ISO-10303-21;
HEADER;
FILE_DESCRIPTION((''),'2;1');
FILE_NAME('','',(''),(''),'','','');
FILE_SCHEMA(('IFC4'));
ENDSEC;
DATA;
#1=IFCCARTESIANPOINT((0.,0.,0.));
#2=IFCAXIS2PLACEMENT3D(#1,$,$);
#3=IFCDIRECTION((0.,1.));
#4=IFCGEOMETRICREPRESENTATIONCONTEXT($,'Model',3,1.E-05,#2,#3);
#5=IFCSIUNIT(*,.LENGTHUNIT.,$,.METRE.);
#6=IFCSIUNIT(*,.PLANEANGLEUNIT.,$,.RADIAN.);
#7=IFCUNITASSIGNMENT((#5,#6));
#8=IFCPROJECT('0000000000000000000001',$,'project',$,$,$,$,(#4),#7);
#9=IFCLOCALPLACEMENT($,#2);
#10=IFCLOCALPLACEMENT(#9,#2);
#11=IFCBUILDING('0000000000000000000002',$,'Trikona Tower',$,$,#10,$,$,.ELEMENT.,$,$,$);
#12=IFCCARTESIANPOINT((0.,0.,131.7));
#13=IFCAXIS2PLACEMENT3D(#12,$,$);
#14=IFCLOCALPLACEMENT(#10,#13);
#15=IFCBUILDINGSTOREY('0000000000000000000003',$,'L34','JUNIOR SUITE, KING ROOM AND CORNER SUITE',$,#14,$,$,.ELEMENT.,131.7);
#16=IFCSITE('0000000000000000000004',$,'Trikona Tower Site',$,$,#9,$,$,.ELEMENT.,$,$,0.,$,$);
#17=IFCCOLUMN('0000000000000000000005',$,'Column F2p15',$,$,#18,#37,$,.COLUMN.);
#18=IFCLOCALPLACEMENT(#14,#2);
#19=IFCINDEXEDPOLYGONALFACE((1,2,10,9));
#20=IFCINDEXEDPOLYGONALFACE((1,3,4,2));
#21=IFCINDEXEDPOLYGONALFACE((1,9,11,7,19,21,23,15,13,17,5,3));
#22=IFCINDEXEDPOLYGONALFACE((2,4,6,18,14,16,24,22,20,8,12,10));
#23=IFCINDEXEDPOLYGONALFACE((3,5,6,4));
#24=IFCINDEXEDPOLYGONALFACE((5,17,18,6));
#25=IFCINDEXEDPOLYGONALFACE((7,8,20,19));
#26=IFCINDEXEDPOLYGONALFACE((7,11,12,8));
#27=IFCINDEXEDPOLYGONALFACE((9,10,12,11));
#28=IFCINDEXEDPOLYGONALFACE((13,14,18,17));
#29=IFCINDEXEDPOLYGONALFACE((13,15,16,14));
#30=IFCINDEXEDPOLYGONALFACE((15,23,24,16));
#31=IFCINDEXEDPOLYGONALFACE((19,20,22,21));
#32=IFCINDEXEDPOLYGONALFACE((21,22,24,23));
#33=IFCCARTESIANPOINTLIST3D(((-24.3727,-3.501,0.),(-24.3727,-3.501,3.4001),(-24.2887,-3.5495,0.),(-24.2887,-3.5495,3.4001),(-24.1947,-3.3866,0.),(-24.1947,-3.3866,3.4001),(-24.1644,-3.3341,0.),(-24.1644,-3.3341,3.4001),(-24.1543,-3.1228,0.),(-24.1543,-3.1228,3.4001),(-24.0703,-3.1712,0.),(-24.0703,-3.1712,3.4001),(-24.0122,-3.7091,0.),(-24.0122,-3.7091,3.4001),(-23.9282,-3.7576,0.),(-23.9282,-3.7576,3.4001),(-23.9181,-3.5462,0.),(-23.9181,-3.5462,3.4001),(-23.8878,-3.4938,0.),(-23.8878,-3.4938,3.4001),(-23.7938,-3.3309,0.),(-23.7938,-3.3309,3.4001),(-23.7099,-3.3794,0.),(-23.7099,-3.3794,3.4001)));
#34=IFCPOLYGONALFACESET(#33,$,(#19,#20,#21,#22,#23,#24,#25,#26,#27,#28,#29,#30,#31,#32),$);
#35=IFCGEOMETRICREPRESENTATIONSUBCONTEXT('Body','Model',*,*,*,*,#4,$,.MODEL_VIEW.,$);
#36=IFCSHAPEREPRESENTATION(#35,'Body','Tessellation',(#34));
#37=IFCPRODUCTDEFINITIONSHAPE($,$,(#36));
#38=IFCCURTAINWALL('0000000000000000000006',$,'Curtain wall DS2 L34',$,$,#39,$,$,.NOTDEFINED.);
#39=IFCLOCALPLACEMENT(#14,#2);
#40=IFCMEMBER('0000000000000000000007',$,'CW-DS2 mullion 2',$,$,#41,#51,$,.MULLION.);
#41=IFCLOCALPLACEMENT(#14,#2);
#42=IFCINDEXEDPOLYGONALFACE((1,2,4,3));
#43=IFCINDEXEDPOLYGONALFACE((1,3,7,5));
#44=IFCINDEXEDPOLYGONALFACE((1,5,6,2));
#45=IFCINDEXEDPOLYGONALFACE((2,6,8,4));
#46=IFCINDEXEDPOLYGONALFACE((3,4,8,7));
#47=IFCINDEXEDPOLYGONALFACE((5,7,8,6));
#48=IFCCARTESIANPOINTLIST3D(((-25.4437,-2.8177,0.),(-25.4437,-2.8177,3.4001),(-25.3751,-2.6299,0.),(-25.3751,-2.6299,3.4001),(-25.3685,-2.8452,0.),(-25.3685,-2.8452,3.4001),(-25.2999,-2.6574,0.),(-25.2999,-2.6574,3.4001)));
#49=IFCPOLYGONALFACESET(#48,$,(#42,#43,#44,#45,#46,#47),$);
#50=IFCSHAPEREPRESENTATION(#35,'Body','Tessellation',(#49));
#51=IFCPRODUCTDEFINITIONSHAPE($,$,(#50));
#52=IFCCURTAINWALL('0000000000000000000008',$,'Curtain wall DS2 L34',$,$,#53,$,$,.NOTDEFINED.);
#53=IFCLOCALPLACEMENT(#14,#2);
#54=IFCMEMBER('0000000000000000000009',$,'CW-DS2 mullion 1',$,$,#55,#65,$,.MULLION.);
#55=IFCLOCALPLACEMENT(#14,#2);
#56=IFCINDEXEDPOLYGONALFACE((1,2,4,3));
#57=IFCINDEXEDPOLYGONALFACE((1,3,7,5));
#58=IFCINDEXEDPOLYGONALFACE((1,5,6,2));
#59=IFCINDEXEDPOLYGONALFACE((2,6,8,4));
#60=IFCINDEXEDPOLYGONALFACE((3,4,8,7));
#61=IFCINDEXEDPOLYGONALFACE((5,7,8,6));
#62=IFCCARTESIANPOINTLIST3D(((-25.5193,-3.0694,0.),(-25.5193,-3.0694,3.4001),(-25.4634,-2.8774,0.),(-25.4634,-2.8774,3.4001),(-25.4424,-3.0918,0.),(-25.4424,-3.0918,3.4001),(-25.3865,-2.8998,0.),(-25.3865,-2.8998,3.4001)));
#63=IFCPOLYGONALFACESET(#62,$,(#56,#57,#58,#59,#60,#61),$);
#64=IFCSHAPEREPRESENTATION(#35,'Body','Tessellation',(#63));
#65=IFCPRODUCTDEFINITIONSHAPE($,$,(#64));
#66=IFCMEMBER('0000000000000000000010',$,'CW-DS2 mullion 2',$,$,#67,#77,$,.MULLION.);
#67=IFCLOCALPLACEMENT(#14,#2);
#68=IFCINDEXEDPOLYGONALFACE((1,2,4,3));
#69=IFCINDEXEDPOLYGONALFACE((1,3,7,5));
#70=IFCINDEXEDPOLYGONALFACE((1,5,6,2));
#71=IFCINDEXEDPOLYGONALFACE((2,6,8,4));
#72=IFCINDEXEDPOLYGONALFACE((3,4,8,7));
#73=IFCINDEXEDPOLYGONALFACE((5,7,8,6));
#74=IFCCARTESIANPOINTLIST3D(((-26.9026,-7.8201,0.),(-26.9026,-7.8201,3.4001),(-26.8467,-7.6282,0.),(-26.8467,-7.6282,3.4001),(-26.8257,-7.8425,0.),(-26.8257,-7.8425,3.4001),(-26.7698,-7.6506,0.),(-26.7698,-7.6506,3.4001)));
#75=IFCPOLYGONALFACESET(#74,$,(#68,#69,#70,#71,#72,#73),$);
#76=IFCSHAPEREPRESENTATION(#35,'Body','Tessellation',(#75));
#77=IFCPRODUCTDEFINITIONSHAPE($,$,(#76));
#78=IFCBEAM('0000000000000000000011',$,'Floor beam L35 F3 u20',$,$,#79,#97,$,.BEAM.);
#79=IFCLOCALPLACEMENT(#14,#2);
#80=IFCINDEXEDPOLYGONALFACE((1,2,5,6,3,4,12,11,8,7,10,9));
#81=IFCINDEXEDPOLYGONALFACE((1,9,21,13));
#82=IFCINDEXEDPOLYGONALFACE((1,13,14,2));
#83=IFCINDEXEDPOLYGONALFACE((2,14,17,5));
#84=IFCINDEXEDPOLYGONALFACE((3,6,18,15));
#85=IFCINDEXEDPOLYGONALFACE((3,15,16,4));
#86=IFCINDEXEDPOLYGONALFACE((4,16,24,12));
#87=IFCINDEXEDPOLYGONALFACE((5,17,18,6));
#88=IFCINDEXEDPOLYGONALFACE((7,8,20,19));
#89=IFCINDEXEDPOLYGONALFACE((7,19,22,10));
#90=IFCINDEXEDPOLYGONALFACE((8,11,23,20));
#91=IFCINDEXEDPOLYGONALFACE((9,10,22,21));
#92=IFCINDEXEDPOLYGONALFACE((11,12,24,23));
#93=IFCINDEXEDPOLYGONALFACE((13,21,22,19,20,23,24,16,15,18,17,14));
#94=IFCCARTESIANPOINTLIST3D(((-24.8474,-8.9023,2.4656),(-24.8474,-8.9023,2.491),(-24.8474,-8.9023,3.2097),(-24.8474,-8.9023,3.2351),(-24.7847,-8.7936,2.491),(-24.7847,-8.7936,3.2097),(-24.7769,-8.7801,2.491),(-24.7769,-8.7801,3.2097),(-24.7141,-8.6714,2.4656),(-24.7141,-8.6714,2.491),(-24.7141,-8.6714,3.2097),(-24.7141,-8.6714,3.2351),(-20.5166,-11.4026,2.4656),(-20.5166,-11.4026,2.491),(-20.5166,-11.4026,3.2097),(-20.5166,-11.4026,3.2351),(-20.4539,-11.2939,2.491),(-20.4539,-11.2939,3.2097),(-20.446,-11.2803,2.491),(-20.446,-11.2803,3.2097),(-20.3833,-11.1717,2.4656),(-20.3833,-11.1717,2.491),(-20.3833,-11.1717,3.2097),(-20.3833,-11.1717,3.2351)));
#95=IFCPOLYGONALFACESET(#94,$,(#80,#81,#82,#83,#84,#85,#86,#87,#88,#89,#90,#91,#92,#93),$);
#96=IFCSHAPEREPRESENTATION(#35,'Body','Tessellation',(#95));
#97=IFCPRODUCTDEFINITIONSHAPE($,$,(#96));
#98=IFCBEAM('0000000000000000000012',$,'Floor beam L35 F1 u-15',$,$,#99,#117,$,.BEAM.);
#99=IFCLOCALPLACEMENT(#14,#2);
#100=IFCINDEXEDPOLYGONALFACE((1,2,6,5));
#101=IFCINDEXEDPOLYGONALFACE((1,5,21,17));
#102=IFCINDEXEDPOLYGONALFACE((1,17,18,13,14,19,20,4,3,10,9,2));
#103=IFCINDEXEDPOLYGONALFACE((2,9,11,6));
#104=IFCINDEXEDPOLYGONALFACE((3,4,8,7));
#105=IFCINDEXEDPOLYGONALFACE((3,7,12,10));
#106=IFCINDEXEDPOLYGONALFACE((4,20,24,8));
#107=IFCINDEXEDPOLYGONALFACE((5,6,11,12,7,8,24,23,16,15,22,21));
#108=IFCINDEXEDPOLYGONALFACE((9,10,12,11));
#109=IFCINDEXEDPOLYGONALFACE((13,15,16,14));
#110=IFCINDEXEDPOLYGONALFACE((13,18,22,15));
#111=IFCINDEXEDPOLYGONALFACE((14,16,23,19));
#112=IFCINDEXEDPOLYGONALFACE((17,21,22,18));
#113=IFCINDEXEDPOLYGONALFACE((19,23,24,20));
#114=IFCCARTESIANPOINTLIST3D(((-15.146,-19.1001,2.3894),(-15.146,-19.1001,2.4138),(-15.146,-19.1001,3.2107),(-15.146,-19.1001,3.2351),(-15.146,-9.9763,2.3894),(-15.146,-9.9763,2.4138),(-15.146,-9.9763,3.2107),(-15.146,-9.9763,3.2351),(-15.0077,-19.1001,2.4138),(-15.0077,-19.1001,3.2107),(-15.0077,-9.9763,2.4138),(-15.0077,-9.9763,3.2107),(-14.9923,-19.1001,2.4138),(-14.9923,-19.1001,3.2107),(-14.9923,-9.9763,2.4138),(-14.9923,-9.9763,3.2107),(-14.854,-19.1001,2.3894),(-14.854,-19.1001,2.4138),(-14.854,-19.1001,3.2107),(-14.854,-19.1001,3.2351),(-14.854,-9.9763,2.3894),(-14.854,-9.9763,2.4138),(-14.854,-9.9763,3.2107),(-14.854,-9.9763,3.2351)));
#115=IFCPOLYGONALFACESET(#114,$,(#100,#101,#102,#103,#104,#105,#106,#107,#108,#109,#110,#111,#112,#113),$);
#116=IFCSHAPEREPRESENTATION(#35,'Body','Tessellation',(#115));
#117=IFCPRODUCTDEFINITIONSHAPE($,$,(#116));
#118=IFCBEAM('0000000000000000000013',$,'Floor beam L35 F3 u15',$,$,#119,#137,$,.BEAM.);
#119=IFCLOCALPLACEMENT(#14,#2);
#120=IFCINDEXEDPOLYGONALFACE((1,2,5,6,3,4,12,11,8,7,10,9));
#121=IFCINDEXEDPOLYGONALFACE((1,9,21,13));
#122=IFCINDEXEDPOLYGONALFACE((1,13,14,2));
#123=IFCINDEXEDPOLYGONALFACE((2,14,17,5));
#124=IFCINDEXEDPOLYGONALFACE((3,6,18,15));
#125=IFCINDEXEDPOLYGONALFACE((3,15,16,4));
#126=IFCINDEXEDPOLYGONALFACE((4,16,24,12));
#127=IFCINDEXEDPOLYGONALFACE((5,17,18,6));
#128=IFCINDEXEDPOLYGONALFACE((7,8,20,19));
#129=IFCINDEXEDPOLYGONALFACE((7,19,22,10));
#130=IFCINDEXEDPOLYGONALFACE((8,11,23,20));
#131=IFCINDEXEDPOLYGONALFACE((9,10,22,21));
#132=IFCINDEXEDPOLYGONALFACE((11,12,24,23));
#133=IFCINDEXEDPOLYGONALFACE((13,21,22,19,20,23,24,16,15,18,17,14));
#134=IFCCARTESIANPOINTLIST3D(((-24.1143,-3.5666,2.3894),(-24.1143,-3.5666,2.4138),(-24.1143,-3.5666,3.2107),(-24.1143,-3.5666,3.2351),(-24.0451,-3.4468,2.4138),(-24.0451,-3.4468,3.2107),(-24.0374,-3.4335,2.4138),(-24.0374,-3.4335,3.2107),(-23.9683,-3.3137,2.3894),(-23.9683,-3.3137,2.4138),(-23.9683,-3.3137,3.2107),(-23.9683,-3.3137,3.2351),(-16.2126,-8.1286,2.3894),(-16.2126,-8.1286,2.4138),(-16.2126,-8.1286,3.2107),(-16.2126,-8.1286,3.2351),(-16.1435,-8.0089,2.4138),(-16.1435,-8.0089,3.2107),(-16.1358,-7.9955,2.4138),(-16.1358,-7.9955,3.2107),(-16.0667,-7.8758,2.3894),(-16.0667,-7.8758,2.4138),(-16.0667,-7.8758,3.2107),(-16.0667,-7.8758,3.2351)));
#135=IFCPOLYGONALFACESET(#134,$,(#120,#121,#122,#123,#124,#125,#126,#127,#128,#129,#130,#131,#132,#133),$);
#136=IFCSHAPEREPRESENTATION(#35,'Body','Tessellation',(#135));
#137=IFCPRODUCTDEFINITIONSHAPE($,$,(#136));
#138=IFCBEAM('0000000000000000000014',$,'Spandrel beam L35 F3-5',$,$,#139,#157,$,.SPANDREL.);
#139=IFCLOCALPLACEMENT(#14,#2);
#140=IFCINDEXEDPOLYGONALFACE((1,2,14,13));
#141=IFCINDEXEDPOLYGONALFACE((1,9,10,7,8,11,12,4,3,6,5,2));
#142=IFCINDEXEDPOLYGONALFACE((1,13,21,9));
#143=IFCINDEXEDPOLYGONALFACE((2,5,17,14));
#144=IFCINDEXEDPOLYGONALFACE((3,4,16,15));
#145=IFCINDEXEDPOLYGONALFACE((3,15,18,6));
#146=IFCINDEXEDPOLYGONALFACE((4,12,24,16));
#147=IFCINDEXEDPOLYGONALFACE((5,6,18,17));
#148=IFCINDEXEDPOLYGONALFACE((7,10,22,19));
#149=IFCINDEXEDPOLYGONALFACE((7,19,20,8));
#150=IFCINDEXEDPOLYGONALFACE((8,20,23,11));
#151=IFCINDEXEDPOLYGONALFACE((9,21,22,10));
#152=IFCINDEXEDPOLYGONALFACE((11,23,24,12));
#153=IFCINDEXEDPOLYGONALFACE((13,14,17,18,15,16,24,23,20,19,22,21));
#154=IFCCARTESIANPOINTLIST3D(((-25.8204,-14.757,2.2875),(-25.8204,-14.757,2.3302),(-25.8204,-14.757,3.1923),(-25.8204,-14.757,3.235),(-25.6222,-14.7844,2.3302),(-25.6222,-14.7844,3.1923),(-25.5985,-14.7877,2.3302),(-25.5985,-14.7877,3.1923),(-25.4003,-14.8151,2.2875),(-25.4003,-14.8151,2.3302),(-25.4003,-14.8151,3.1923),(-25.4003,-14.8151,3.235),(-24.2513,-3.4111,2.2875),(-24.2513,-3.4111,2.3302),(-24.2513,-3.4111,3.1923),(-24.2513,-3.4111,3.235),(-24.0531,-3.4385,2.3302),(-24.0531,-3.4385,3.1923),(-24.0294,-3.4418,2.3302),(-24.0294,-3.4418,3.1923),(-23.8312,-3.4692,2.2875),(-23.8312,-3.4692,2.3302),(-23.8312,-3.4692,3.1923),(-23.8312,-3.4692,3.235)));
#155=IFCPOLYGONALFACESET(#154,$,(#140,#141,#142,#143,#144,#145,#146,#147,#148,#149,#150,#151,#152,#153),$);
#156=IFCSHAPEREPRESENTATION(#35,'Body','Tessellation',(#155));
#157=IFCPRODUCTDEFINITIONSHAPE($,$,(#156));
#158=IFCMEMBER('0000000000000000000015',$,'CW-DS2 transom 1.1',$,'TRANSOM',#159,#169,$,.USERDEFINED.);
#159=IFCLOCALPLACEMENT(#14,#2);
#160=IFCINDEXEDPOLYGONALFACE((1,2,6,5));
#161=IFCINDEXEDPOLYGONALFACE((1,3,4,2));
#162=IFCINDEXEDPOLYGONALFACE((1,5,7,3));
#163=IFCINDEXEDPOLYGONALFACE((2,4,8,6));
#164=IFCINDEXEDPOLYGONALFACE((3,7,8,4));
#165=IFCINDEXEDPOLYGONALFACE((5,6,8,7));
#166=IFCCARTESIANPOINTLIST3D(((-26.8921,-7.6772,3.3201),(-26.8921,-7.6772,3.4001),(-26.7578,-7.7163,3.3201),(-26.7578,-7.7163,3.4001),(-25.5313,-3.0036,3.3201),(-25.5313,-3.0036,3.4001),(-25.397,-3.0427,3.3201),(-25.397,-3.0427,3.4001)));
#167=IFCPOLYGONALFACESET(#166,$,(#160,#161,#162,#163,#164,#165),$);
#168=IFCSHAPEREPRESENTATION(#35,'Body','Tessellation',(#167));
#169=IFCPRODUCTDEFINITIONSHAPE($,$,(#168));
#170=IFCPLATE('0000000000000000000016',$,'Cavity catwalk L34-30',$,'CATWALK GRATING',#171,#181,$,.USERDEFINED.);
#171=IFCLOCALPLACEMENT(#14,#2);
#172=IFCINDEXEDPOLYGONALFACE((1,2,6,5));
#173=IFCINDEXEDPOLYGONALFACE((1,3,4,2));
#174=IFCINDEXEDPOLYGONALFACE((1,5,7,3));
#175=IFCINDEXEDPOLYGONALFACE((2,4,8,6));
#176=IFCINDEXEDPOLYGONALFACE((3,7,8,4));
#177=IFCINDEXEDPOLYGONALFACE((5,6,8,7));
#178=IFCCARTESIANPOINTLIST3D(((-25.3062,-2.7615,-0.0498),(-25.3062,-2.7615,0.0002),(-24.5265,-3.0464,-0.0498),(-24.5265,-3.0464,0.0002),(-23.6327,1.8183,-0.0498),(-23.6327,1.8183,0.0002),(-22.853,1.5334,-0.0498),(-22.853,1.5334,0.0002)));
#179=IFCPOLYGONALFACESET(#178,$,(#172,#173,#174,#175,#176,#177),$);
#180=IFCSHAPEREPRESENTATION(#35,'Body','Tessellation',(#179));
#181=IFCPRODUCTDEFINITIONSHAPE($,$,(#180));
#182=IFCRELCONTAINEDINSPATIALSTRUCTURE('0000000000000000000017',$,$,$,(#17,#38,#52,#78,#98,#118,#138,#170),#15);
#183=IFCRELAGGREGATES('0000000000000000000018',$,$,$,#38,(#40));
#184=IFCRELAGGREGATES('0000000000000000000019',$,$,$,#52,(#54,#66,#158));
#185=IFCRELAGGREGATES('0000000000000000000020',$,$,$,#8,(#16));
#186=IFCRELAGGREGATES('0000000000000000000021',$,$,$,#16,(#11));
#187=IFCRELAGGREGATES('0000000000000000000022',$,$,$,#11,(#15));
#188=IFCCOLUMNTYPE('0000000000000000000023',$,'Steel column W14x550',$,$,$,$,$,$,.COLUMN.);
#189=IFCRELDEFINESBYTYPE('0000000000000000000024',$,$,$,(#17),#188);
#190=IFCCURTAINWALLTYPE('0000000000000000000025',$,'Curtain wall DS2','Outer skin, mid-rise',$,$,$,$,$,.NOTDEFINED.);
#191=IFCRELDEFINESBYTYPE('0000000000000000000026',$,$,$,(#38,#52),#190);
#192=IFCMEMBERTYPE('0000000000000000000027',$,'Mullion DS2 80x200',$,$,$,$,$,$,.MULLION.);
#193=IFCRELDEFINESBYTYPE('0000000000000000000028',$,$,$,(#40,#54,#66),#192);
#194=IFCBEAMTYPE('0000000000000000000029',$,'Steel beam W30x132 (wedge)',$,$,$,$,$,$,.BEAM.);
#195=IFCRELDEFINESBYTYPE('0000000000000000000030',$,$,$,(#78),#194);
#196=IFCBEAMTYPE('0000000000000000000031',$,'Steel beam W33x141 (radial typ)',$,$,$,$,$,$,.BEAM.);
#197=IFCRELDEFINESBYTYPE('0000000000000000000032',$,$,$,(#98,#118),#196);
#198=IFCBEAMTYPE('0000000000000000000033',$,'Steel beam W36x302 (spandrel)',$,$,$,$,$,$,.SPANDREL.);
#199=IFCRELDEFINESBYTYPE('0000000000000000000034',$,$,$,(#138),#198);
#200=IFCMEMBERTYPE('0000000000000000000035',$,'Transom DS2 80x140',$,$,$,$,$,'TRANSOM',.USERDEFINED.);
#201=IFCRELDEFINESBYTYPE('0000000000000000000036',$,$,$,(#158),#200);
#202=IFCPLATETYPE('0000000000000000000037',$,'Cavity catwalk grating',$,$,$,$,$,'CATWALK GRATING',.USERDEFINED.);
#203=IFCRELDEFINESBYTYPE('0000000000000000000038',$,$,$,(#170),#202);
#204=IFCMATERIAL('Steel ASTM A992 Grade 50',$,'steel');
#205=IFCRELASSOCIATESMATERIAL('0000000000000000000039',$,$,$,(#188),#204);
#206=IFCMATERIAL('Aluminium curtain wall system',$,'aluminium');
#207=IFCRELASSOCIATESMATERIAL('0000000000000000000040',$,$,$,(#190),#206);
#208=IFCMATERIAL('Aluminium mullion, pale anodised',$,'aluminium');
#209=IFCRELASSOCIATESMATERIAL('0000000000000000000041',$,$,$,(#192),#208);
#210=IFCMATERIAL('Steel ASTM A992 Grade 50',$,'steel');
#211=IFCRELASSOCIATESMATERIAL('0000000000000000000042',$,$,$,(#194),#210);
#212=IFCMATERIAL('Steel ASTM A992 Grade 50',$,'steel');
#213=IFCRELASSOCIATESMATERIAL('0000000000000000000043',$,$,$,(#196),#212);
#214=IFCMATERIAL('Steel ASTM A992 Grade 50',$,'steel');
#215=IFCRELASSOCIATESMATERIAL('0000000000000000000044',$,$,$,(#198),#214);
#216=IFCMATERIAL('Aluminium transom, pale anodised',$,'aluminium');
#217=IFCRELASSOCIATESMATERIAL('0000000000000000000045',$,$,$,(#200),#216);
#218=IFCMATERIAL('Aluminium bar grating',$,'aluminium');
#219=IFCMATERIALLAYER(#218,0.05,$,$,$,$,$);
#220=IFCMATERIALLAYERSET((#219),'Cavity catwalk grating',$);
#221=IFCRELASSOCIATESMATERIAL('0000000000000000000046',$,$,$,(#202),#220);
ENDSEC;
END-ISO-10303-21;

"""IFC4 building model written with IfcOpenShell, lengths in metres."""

from ifc_helpers import new_model, si_unit, direction, frame, origin, origin_2d, place, context, subcontext, project, spatial, rectangle, i_section, extrude, material, layer, layer_set, material_profile, profile_set, type_object, element, aggregate, save


model = new_model("IFC4")

# Units and contexts
model_context = context("Model", 3, precision=1e-05, world=origin(), true_north=direction((0.0, 1.0)))
body_context = subcontext(model_context, "Body", "Model", "MODEL_VIEW")
ifc_project = project(units=[si_unit("LENGTHUNIT", "METRE"), si_unit("PLANEANGLEUNIT", "RADIAN")], contexts=[model_context])

# Site, building, storey
site_placement = place(None, origin())
site = spatial("IfcSite", under=ifc_project, at=site_placement, Name="Trikona Tower Site", CompositionType="ELEMENT", RefElevation=0.0)
building_placement = place(site_placement, origin())
building = spatial("IfcBuilding", under=site, at=building_placement, Name="Trikona Tower", CompositionType="ELEMENT")
storey_placement = place(building_placement, frame((0.0, 0.0, 131.7)))
storey = spatial("IfcBuildingStorey", under=building, at=storey_placement, Name="L34", Description="JUNIOR SUITE, KING ROOM AND CORNER SUITE", CompositionType="ELEMENT", Elevation=131.7)

# Column
ifc_material_1 = material(Name="Steel ASTM A992 Grade 50", Category="steel")
ifc_material_profile_1 = material_profile(ifc_material_1, i_section(OverallWidth=0.4368, OverallDepth=0.5132, WebThickness=0.0605, FlangeThickness=0.0969, at=origin_2d()), Name="W14X550")
ifc_profile_set_1 = profile_set([ifc_material_profile_1], Name="Steel ASTM A992 Grade 50")
column_type = type_object("IfcColumnType", Name="Steel column W14x550", PredefinedType="COLUMN", material=ifc_profile_set_1)
column_placement = place(storey_placement, frame((-24.0413, -3.4402, 0.0), z_axis=(0.0, 0.0, 1.0), x_axis=(-0.5, -0.866025, 0.0)))
element("IfcColumn", 1, at=column_placement, inside=storey, type_object=column_type, Name="Column F2p15", PredefinedType="COLUMN", context=body_context, shape_type="SweptSolid", body=[
    extrude(i_section(OverallWidth=0.4368, OverallDepth=0.5132, WebThickness=0.0605, FlangeThickness=0.0969, at=origin_2d()), origin(), (0.0, 0.0, 1.0), 3.4001),
])

# Curtain wall, member
ifc_material_2 = material(Name="Aluminium curtain wall system", Category="aluminium")
curtain_wall_type = type_object("IfcCurtainWallType", Name="Curtain wall DS2", Description="Outer skin, mid-rise", PredefinedType="NOTDEFINED", material=ifc_material_2)
curtain_wall_1_placement = place(storey_placement, origin())
curtain_wall_1 = element("IfcCurtainWall", 2, at=curtain_wall_1_placement, inside=storey, type_object=curtain_wall_type, Name="Curtain wall DS2 L34", PredefinedType="NOTDEFINED")
ifc_material_3 = material(Name="Aluminium mullion, pale anodised", Category="aluminium")
ifc_material_profile_2 = material_profile(ifc_material_3, rectangle(XDim=0.0801, YDim=0.2, at=origin_2d()), Name="MUL-DS2")
ifc_profile_set_2 = profile_set([ifc_material_profile_2], Name="Aluminium mullion, pale anodised")
member_type_1 = type_object("IfcMemberType", Name="Mullion DS2 80x200", PredefinedType="MULLION", material=ifc_profile_set_2)
member_1_placement = place(storey_placement, frame((-25.3718, -2.7375, 0.0), z_axis=(0.0, 0.0, 1.0), x_axis=(0.939254, -0.343223, 0.0)))
member_1 = element("IfcMember", 3, at=member_1_placement, type_object=member_type_1, Name="CW-DS2 mullion 2", PredefinedType="MULLION", context=body_context, shape_type="SweptSolid", body=[
    extrude(rectangle(XDim=0.0801, YDim=0.2, at=origin_2d()), origin(), (0.0, 0.0, 1.0), 3.4001),
])
aggregate(curtain_wall_1, [member_1])

# Curtain wall, members
curtain_wall_2_placement = place(storey_placement, origin())
curtain_wall_2 = element("IfcCurtainWall", 4, at=curtain_wall_2_placement, inside=storey, type_object=curtain_wall_type, Name="Curtain wall DS2 L34", PredefinedType="NOTDEFINED")
member_2_placement = place(storey_placement, frame((-25.4529, -2.9846, 0.0), z_axis=(0.0, 0.0, 1.0), x_axis=(0.960133, -0.279543, 0.0)))
member_2 = element("IfcMember", 5, at=member_2_placement, type_object=member_type_1, Name="CW-DS2 mullion 1", PredefinedType="MULLION", context=body_context, shape_type="SweptSolid", body=[
    extrude(rectangle(XDim=0.0801, YDim=0.2, at=origin_2d()), origin(), (0.0, 0.0, 1.0), 3.4001),
])
member_3_placement = place(storey_placement, frame((-26.8362, -7.7354, 0.0), z_axis=(0.0, 0.0, 1.0), x_axis=(0.960133, -0.279543, 0.0)))
member_3 = element("IfcMember", 6, at=member_3_placement, type_object=member_type_1, Name="CW-DS2 mullion 2", PredefinedType="MULLION", context=body_context, shape_type="SweptSolid", body=[
    extrude(rectangle(XDim=0.0801, YDim=0.2, at=origin_2d()), origin(), (0.0, 0.0, 1.0), 3.4001),
])

# Beams
ifc_material_4 = material(Name="Steel ASTM A992 Grade 50", Category="steel")
ifc_material_profile_3 = material_profile(ifc_material_4, i_section(OverallWidth=0.2666, OverallDepth=0.7695, WebThickness=0.0156, FlangeThickness=0.0254, at=origin_2d()), Name="W30X132")
ifc_profile_set_3 = profile_set([ifc_material_profile_3], Name="Steel ASTM A992 Grade 50")
beam_type_1 = type_object("IfcBeamType", Name="Steel beam W30x132 (wedge)", PredefinedType="BEAM", material=ifc_profile_set_3)
beam_1_placement = place(storey_placement, frame((-20.45, -11.2871, 2.8503), z_axis=(-0.866038, 0.499977, 0.0), x_axis=(-0.499977, -0.866038, 0.0)))
element("IfcBeam", 7, at=beam_1_placement, inside=storey, type_object=beam_type_1, Name="Floor beam L35 F3 u20", PredefinedType="BEAM", context=body_context, shape_type="SweptSolid", body=[
    extrude(i_section(OverallWidth=0.2666, OverallDepth=0.7695, WebThickness=0.0156, FlangeThickness=0.0254, at=origin_2d()), origin(), (0.0, 0.0, 1.0), 5.0007),
])
ifc_material_5 = material(Name="Steel ASTM A992 Grade 50", Category="steel")
ifc_material_profile_4 = material_profile(ifc_material_5, i_section(OverallWidth=0.292, OverallDepth=0.8457, WebThickness=0.0154, FlangeThickness=0.0244, at=origin_2d()), Name="W33X141")
ifc_profile_set_4 = profile_set([ifc_material_profile_4], Name="Steel ASTM A992 Grade 50")
beam_type_2 = type_object("IfcBeamType", Name="Steel beam W33x141 (radial typ)", PredefinedType="BEAM", material=ifc_profile_set_4)
beam_2_placement = place(storey_placement, frame((-15.0, -9.9763, 2.8123), z_axis=(0.0, -1.0, 0.0), x_axis=(1.0, 0.0, 0.0)))
element("IfcBeam", 8, at=beam_2_placement, inside=storey, type_object=beam_type_2, Name="Floor beam L35 F1 u-15", PredefinedType="BEAM", context=body_context, shape_type="SweptSolid", body=[
    extrude(i_section(OverallWidth=0.292, OverallDepth=0.8457, WebThickness=0.0154, FlangeThickness=0.0244, at=origin_2d()), origin(), (0.0, 0.0, 1.0), 9.1238),
])
beam_3_placement = place(storey_placement, frame((-16.1396, -8.0022, 2.8123), z_axis=(-0.866025, 0.500001, 0.0), x_axis=(-0.500001, -0.866025, 0.0)))
element("IfcBeam", 9, at=beam_3_placement, inside=storey, type_object=beam_type_2, Name="Floor beam L35 F3 u15", PredefinedType="BEAM", context=body_context, shape_type="SweptSolid", body=[
    extrude(i_section(OverallWidth=0.292, OverallDepth=0.8457, WebThickness=0.0154, FlangeThickness=0.0244, at=origin_2d()), origin(), (0.0, 0.0, 1.0), 9.124),
])
ifc_material_6 = material(Name="Steel ASTM A992 Grade 50", Category="steel")
ifc_material_profile_5 = material_profile(ifc_material_6, i_section(OverallWidth=0.4241, OverallDepth=0.9475, WebThickness=0.0239, FlangeThickness=0.0427, at=origin_2d()), Name="W36X302")
ifc_profile_set_5 = profile_set([ifc_material_profile_5], Name="Steel ASTM A992 Grade 50")
beam_type_3 = type_object("IfcBeamType", Name="Steel beam W36x302 (spandrel)", PredefinedType="SPANDREL", material=ifc_profile_set_5)
beam_4_placement = place(storey_placement, frame((-24.0413, -3.4402, 2.7612), z_axis=(-0.136992, -0.990572, 0.0), x_axis=(0.990572, -0.136992, 0.0)))
element("IfcBeam", 10, at=beam_4_placement, inside=storey, type_object=beam_type_3, Name="Spandrel beam L35 F3-5", PredefinedType="SPANDREL", context=body_context, shape_type="SweptSolid", body=[
    extrude(i_section(OverallWidth=0.4241, OverallDepth=0.9475, WebThickness=0.0239, FlangeThickness=0.0427, at=origin_2d()), origin(), (0.0, 0.0, 1.0), 11.4539),
])

# Member
ifc_material_7 = material(Name="Aluminium transom, pale anodised", Category="aluminium")
ifc_material_profile_6 = material_profile(ifc_material_7, rectangle(XDim=0.1399, YDim=0.0801, at=origin_2d()), Name="TRN-DS2")
ifc_profile_set_6 = profile_set([ifc_material_profile_6], Name="Aluminium transom, pale anodised")
member_type_2 = type_object("IfcMemberType", Name="Transom DS2 80x140", ElementType="TRANSOM", PredefinedType="USERDEFINED", material=ifc_profile_set_6)
member_4_placement = place(storey_placement, frame((-25.4641, -3.0232, 3.3601), z_axis=(-0.279567, -0.960126, 0.0), x_axis=(0.960126, -0.279567, 0.0)))
member_4 = element("IfcMember", 11, at=member_4_placement, type_object=member_type_2, Name="CW-DS2 transom 1.1", ObjectType="TRANSOM", PredefinedType="USERDEFINED", context=body_context, shape_type="SweptSolid", body=[
    extrude(rectangle(XDim=0.1399, YDim=0.0801, at=origin_2d()), origin(), (0.0, 0.0, 1.0), 4.8677),
])

# Plate
ifc_material_8 = material(Name="Aluminium bar grating", Category="aluminium")
ifc_layer_1 = layer(ifc_material_8, 0.05)
ifc_layer_set_1 = layer_set([ifc_layer_1], Name="Cavity catwalk grating")
plate_type_1 = type_object("IfcPlateType", Name="Cavity catwalk grating", ElementType="CATWALK GRATING", PredefinedType="USERDEFINED", material=ifc_layer_set_1)
plate_1_placement = place(storey_placement, frame((-24.0796, -0.614, -0.0498), z_axis=(0.0, 0.0, 1.0), x_axis=(-0.34322, -0.939255, 0.0)))
element("IfcPlate", 12, at=plate_1_placement, inside=storey, type_object=plate_type_1, Name="Cavity catwalk L34-30", ObjectType="CATWALK GRATING", PredefinedType="USERDEFINED", context=body_context, shape_type="SweptSolid", body=[
    extrude(rectangle(XDim=4.876, YDim=0.8301, at=origin_2d()), origin(), (0.0, 0.0, 1.0), 0.05),
])

aggregate(curtain_wall_2, [member_2, member_3, member_4])

save(model, "model.ifc")
